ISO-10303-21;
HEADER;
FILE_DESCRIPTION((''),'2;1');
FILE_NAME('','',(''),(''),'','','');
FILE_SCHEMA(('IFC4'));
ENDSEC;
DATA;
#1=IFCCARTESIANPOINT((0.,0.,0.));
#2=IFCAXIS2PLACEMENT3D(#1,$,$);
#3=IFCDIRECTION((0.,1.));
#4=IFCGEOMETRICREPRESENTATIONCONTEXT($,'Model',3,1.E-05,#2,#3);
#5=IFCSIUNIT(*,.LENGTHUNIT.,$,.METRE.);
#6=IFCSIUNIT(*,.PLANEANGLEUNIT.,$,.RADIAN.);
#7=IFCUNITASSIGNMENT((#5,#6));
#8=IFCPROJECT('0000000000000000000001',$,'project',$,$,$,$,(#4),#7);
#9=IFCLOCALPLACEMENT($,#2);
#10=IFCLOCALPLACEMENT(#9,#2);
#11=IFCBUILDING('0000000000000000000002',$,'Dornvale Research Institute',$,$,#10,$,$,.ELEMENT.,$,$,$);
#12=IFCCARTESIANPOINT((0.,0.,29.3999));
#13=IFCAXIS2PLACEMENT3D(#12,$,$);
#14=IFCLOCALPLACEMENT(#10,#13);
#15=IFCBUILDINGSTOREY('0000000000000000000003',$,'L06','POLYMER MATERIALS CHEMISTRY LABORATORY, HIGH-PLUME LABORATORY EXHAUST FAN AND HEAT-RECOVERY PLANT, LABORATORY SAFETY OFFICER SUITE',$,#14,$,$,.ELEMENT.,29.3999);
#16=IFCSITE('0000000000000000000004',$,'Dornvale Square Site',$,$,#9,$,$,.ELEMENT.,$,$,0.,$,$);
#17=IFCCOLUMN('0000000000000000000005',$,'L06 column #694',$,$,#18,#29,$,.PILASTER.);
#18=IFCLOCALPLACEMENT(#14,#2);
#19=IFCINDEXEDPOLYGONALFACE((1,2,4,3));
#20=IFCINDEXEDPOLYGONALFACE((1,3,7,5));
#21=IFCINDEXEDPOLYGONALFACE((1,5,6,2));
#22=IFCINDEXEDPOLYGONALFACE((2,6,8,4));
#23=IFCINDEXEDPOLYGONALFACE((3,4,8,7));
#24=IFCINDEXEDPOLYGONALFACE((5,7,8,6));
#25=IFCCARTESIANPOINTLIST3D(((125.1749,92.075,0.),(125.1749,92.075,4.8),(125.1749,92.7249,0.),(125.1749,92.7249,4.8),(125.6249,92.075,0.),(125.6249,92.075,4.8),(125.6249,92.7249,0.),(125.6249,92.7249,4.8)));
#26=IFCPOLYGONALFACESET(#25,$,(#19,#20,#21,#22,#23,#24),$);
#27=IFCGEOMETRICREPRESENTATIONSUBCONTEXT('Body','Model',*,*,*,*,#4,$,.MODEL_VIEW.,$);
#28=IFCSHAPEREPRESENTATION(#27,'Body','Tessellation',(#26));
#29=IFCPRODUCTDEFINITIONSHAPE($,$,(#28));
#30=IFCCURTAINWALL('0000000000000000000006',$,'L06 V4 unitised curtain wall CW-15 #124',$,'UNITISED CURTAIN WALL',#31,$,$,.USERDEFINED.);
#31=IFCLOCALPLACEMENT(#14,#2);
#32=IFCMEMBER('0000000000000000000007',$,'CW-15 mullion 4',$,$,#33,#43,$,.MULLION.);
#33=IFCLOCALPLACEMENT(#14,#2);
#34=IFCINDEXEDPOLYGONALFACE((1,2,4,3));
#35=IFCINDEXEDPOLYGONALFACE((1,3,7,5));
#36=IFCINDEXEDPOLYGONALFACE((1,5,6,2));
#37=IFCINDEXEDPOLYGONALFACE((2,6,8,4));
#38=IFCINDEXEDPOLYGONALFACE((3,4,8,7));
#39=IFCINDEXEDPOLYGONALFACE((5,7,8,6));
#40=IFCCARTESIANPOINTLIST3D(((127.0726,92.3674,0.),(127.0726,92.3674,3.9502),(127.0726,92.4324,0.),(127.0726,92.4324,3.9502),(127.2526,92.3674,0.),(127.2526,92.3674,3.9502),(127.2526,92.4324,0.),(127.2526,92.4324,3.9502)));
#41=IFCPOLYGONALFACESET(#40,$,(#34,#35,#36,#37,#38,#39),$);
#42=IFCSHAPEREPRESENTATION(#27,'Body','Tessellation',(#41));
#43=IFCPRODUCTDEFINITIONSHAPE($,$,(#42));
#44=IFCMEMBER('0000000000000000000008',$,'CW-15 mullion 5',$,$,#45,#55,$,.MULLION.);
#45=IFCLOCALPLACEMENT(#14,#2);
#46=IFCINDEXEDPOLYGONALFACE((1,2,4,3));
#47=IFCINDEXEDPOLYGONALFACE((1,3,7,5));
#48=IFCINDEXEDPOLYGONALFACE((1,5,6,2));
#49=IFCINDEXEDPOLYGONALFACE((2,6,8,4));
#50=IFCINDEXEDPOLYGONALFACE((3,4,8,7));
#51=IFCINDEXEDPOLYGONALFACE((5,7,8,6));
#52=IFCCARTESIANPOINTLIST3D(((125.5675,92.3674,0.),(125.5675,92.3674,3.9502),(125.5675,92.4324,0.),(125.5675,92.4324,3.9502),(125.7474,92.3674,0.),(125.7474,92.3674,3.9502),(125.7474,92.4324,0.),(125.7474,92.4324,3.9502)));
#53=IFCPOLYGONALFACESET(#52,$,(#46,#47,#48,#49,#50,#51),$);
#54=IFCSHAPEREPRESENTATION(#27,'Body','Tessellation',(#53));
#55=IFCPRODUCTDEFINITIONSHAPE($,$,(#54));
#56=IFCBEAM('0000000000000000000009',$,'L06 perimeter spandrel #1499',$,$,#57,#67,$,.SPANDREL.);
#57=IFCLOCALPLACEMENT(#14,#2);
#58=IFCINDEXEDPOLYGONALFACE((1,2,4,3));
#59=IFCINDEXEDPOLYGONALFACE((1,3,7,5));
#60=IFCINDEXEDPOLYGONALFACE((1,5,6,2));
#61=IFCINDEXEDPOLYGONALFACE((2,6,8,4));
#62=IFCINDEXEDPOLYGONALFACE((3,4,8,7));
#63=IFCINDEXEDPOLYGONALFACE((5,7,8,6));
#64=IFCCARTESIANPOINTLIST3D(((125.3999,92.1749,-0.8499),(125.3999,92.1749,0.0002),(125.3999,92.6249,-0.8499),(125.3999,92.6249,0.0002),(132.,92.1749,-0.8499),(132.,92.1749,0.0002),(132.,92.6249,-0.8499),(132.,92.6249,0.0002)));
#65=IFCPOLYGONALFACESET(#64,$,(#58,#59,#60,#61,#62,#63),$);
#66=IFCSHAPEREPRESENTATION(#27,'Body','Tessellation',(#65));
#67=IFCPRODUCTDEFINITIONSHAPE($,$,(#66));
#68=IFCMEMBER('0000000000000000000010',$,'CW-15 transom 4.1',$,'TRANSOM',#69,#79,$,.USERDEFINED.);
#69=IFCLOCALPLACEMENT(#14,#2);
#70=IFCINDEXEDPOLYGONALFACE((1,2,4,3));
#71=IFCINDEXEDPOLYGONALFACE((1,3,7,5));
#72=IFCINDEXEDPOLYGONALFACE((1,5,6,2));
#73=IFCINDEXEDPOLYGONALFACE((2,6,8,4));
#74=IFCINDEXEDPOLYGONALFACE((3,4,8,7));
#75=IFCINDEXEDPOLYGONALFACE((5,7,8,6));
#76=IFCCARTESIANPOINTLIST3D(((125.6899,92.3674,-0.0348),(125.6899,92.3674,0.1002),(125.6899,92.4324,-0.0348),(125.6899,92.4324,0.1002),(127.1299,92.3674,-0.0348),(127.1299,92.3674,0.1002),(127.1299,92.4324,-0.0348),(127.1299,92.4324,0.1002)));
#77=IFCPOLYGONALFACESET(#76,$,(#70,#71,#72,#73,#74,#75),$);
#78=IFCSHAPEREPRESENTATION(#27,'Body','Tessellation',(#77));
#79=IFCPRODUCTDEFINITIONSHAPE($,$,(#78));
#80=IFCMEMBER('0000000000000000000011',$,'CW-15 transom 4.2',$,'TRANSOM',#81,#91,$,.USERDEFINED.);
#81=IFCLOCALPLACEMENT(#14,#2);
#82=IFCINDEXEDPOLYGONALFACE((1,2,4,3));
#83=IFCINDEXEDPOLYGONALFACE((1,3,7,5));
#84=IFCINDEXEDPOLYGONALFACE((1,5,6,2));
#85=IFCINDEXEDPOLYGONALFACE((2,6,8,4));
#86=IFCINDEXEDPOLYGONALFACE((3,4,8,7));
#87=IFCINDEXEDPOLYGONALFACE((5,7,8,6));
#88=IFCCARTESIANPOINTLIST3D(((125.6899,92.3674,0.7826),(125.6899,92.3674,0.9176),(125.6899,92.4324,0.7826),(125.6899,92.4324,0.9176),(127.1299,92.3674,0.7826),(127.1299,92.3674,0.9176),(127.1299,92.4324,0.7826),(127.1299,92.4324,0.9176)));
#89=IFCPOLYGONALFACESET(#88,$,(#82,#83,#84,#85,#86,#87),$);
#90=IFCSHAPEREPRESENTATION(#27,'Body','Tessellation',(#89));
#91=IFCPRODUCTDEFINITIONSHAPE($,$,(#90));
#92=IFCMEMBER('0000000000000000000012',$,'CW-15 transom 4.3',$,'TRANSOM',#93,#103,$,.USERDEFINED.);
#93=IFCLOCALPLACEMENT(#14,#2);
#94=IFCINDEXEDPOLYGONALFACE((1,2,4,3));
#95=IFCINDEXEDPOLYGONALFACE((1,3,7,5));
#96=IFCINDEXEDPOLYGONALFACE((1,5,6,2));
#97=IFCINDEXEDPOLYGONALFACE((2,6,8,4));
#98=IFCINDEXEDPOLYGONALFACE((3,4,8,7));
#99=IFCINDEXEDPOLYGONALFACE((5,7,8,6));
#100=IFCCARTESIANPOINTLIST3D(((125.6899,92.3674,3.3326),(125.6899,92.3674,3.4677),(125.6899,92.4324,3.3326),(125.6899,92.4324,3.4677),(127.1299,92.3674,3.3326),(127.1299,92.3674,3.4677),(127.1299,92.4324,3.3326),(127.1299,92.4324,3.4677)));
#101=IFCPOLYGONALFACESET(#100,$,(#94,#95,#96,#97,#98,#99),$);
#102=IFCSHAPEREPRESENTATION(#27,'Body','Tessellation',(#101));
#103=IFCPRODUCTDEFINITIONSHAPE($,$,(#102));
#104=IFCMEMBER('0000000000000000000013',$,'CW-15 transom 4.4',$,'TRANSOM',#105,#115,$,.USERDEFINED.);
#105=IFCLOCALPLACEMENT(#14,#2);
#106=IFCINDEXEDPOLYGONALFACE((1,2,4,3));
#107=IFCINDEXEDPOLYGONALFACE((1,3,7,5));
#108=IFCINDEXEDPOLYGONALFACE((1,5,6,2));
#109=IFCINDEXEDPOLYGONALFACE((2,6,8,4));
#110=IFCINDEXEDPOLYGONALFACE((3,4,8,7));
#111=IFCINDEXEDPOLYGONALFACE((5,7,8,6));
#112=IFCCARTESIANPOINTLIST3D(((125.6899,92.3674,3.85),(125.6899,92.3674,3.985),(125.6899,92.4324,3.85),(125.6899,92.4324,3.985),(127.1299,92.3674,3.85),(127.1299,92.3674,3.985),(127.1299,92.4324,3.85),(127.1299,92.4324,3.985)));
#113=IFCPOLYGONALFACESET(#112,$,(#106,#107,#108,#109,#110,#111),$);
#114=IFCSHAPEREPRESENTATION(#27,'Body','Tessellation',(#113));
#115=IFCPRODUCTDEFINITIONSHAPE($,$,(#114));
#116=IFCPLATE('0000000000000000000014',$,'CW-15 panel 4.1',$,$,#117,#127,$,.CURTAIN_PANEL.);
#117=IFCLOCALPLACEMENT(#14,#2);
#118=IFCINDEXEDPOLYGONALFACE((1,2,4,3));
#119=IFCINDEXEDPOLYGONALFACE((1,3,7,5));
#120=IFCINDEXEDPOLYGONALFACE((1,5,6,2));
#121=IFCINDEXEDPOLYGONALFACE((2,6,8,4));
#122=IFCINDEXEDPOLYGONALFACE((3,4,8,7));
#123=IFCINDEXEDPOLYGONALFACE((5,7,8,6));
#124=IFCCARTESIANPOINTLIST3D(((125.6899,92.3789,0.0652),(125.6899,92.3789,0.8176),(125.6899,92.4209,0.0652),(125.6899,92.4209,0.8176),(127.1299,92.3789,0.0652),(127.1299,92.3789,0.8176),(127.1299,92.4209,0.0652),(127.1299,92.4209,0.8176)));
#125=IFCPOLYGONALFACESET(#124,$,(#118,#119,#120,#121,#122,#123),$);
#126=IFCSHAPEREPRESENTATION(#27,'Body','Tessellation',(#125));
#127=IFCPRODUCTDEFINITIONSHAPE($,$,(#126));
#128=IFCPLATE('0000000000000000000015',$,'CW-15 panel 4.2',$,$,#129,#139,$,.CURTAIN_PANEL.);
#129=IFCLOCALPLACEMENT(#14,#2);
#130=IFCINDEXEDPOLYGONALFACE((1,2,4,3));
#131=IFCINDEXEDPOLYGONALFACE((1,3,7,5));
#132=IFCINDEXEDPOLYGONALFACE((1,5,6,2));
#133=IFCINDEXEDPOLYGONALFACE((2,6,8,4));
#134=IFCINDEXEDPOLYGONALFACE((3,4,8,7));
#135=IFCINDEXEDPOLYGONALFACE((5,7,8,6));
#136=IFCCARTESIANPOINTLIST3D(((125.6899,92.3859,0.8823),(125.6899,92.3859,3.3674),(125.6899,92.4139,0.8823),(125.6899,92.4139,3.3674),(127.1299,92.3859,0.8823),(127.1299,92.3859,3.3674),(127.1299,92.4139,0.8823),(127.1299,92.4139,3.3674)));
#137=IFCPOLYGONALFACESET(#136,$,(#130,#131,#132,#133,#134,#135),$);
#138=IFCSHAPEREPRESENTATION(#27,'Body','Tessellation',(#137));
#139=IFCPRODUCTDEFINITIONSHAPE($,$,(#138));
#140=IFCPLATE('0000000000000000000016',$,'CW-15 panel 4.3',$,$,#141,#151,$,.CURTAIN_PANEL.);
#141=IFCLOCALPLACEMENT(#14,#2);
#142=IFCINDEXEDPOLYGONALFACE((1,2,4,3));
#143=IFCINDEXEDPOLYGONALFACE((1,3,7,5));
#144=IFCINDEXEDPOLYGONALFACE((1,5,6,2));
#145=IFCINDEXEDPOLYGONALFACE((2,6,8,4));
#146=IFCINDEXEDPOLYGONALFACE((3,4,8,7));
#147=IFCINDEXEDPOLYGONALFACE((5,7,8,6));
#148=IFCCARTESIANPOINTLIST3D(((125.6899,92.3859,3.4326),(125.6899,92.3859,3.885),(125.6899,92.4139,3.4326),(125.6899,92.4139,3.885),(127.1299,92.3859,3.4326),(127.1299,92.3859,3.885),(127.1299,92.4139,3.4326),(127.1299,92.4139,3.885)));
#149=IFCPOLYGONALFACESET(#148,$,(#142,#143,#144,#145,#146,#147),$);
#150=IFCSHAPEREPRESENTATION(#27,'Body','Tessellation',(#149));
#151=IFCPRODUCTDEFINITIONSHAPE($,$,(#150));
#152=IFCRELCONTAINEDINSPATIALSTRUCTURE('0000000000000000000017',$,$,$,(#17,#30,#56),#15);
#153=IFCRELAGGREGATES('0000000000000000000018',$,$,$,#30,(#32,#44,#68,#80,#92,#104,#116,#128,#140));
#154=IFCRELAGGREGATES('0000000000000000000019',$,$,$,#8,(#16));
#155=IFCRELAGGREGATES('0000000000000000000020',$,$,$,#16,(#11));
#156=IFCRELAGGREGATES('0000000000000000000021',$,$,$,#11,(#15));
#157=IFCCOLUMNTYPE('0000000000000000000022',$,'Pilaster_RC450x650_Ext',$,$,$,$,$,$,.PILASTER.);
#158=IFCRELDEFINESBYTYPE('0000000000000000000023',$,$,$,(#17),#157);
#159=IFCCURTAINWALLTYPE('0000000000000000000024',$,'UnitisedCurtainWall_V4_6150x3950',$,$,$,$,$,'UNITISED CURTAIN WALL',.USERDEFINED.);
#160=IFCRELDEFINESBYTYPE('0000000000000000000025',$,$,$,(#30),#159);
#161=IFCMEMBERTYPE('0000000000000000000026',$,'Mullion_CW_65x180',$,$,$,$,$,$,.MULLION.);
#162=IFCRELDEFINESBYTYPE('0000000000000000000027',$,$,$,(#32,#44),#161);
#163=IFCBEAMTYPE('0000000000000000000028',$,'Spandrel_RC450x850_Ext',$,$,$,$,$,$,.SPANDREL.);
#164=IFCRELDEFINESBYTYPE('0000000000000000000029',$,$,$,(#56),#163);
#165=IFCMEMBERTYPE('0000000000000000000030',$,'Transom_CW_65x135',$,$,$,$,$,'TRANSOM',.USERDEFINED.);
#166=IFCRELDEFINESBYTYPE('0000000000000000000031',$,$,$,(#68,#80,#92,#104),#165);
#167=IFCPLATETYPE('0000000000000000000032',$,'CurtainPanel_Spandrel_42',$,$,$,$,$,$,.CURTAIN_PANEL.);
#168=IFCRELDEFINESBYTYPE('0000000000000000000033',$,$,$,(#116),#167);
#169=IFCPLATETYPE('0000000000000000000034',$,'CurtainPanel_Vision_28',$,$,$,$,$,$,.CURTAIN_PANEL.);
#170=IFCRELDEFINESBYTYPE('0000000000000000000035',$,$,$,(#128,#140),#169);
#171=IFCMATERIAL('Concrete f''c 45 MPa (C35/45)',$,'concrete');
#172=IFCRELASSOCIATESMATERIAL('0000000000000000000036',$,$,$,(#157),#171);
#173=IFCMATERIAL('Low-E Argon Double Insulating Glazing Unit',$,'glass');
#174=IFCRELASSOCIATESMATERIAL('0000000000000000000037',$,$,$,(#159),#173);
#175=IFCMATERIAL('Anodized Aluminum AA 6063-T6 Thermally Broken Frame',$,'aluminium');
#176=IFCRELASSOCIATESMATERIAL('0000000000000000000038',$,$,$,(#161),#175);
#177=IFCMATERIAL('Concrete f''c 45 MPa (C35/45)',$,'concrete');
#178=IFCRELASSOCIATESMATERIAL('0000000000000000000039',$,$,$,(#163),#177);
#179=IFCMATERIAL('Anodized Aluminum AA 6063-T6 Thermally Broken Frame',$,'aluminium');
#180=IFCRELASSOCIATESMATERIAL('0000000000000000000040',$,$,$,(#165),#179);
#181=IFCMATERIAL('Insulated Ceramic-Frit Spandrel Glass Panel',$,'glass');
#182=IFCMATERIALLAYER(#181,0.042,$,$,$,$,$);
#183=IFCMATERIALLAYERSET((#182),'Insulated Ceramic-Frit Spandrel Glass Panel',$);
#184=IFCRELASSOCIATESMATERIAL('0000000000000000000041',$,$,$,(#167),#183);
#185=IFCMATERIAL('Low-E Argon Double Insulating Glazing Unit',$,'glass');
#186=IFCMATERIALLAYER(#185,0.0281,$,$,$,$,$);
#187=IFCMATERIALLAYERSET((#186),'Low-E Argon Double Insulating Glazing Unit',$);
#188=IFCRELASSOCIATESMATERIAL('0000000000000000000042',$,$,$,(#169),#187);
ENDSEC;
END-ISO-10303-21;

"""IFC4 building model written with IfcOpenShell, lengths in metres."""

from ifc_helpers import new_model, si_unit, direction, frame, origin, origin_2d, place, context, subcontext, project, spatial, rectangle, extrude, material, layer, layer_set, material_profile, profile_set, type_object, element, aggregate, save


model = new_model("IFC4")

# Units and contexts
model_context = context("Model", 3, precision=1e-05, world=origin(), true_north=direction((0.0, 1.0)))
body_context = subcontext(model_context, "Body", "Model", "MODEL_VIEW")
ifc_project = project(units=[si_unit("LENGTHUNIT", "METRE"), si_unit("PLANEANGLEUNIT", "RADIAN")], contexts=[model_context])

# Site, building, storey
site_placement = place(None, origin())
site = spatial("IfcSite", under=ifc_project, at=site_placement, Name="Dornvale Square Site", CompositionType="ELEMENT", RefElevation=0.0)
building_placement = place(site_placement, origin())
building = spatial("IfcBuilding", under=site, at=building_placement, Name="Dornvale Research Institute", CompositionType="ELEMENT")
storey_placement = place(building_placement, frame((0.0, 0.0, 29.3999)))
storey = spatial("IfcBuildingStorey", under=building, at=storey_placement, Name="L06", Description="POLYMER MATERIALS CHEMISTRY LABORATORY, HIGH-PLUME LABORATORY EXHAUST FAN AND HEAT-RECOVERY PLANT, LABORATORY SAFETY OFFICER SUITE", CompositionType="ELEMENT", Elevation=29.3999)

# Column
ifc_material_1 = material(Name="Concrete f'c 45 MPa (C35/45)", Category="concrete")
ifc_material_profile_1 = material_profile(ifc_material_1, rectangle(XDim=0.45, YDim=0.6499, at=origin_2d()), Name="RC 450x650")
ifc_profile_set_1 = profile_set([ifc_material_profile_1], Name="Concrete f'c 45 MPa (C35/45)")
column_type = type_object("IfcColumnType", Name="Pilaster_RC450x650_Ext", PredefinedType="PILASTER", material=ifc_profile_set_1)
column_placement = place(storey_placement, frame((125.3999, 92.3999, 0.0), z_axis=(0.0, 0.0, 1.0), x_axis=(1.0, 0.0, 0.0)))
element("IfcColumn", 1, at=column_placement, inside=storey, type_object=column_type, Name="L06 column #694", PredefinedType="PILASTER", context=body_context, shape_type="SweptSolid", body=[
    extrude(rectangle(XDim=0.45, YDim=0.6499, at=origin_2d()), origin(), (0.0, 0.0, 1.0), 4.8),
])

# Curtain wall, members
ifc_material_2 = material(Name="Low-E Argon Double Insulating Glazing Unit", Category="glass")
curtain_wall_type = type_object("IfcCurtainWallType", Name="UnitisedCurtainWall_V4_6150x3950", ElementType="UNITISED CURTAIN WALL", PredefinedType="USERDEFINED", material=ifc_material_2)
curtain_wall_placement = place(storey_placement, origin())
curtain_wall = element("IfcCurtainWall", 2, at=curtain_wall_placement, inside=storey, type_object=curtain_wall_type, Name="L06 V4 unitised curtain wall CW-15 #124", ObjectType="UNITISED CURTAIN WALL", PredefinedType="USERDEFINED")
ifc_material_3 = material(Name="Anodized Aluminum AA 6063-T6 Thermally Broken Frame", Category="aluminium")
ifc_material_profile_2 = material_profile(ifc_material_3, rectangle(XDim=0.0649, YDim=0.1799, at=origin_2d()), Name="ALU MULLION 65x180")
ifc_profile_set_2 = profile_set([ifc_material_profile_2], Name="Anodized Aluminum AA 6063-T6 Thermally Broken Frame")
member_type_1 = type_object("IfcMemberType", Name="Mullion_CW_65x180", PredefinedType="MULLION", material=ifc_profile_set_2)
member_1_placement = place(storey_placement, frame((127.1626, 92.3999, 0.0), z_axis=(0.0, 0.0, 1.0), x_axis=(0.0, -1.0, 0.0)))
member_1 = element("IfcMember", 3, at=member_1_placement, type_object=member_type_1, Name="CW-15 mullion 4", PredefinedType="MULLION", context=body_context, shape_type="SweptSolid", body=[
    extrude(rectangle(XDim=0.0649, YDim=0.1799, at=origin_2d()), origin(), (0.0, 0.0, 1.0), 3.9502),
])
member_2_placement = place(storey_placement, frame((125.6575, 92.3999, 0.0), z_axis=(0.0, 0.0, 1.0), x_axis=(0.0, -1.0, 0.0)))
member_2 = element("IfcMember", 4, at=member_2_placement, type_object=member_type_1, Name="CW-15 mullion 5", PredefinedType="MULLION", context=body_context, shape_type="SweptSolid", body=[
    extrude(rectangle(XDim=0.0649, YDim=0.1799, at=origin_2d()), origin(), (0.0, 0.0, 1.0), 3.9502),
])

# Beam
ifc_material_4 = material(Name="Concrete f'c 45 MPa (C35/45)", Category="concrete")
ifc_material_profile_3 = material_profile(ifc_material_4, rectangle(XDim=0.45, YDim=0.8501, at=origin_2d()), Name="RC 450x850")
ifc_profile_set_3 = profile_set([ifc_material_profile_3], Name="Concrete f'c 45 MPa (C35/45)")
beam_type = type_object("IfcBeamType", Name="Spandrel_RC450x850_Ext", PredefinedType="SPANDREL", material=ifc_profile_set_3)
beam_placement = place(storey_placement, frame((125.3999, 92.3999, -0.4248), z_axis=(1.0, 0.0, 0.0), x_axis=(0.0, 1.0, 0.0)))
element("IfcBeam", 5, at=beam_placement, inside=storey, type_object=beam_type, Name="L06 perimeter spandrel #1499", PredefinedType="SPANDREL", context=body_context, shape_type="SweptSolid", body=[
    extrude(rectangle(XDim=0.45, YDim=0.8501, at=origin_2d()), origin(), (0.0, 0.0, 1.0), 6.6001),
])

# Members
ifc_material_5 = material(Name="Anodized Aluminum AA 6063-T6 Thermally Broken Frame", Category="aluminium")
ifc_material_profile_4 = material_profile(ifc_material_5, rectangle(XDim=0.0649, YDim=0.135, at=origin_2d()), Name="ALU TRANSOM 65x135")
ifc_profile_set_4 = profile_set([ifc_material_profile_4], Name="Anodized Aluminum AA 6063-T6 Thermally Broken Frame")
member_type_2 = type_object("IfcMemberType", Name="Transom_CW_65x135", ElementType="TRANSOM", PredefinedType="USERDEFINED", material=ifc_profile_set_4)
member_3_placement = place(storey_placement, frame((127.1299, 92.3999, 0.0327), z_axis=(-1.0, 0.0, 0.0), x_axis=(0.0, -1.0, 0.0)))
member_3 = element("IfcMember", 6, at=member_3_placement, type_object=member_type_2, Name="CW-15 transom 4.1", ObjectType="TRANSOM", PredefinedType="USERDEFINED", context=body_context, shape_type="SweptSolid", body=[
    extrude(rectangle(XDim=0.0649, YDim=0.135, at=origin_2d()), origin(), (0.0, 0.0, 1.0), 1.4399),
])
member_4_placement = place(storey_placement, frame((127.1299, 92.3999, 0.8501), z_axis=(-1.0, 0.0, 0.0), x_axis=(0.0, -1.0, 0.0)))
member_4 = element("IfcMember", 7, at=member_4_placement, type_object=member_type_2, Name="CW-15 transom 4.2", ObjectType="TRANSOM", PredefinedType="USERDEFINED", context=body_context, shape_type="SweptSolid", body=[
    extrude(rectangle(XDim=0.0649, YDim=0.135, at=origin_2d()), origin(), (0.0, 0.0, 1.0), 1.4399),
])
member_5_placement = place(storey_placement, frame((127.1299, 92.3999, 3.4001), z_axis=(-1.0, 0.0, 0.0), x_axis=(0.0, -1.0, 0.0)))
member_5 = element("IfcMember", 8, at=member_5_placement, type_object=member_type_2, Name="CW-15 transom 4.3", ObjectType="TRANSOM", PredefinedType="USERDEFINED", context=body_context, shape_type="SweptSolid", body=[
    extrude(rectangle(XDim=0.0649, YDim=0.135, at=origin_2d()), origin(), (0.0, 0.0, 1.0), 1.4399),
])
member_6_placement = place(storey_placement, frame((127.1299, 92.3999, 3.9175), z_axis=(-1.0, 0.0, 0.0), x_axis=(0.0, -1.0, 0.0)))
member_6 = element("IfcMember", 9, at=member_6_placement, type_object=member_type_2, Name="CW-15 transom 4.4", ObjectType="TRANSOM", PredefinedType="USERDEFINED", context=body_context, shape_type="SweptSolid", body=[
    extrude(rectangle(XDim=0.0649, YDim=0.135, at=origin_2d()), origin(), (0.0, 0.0, 1.0), 1.4399),
])

# Plates
ifc_material_6 = material(Name="Insulated Ceramic-Frit Spandrel Glass Panel", Category="glass")
ifc_layer_1 = layer(ifc_material_6, 0.042)
ifc_layer_set_1 = layer_set([ifc_layer_1], Name="Insulated Ceramic-Frit Spandrel Glass Panel")
plate_type_1 = type_object("IfcPlateType", Name="CurtainPanel_Spandrel_42", PredefinedType="CURTAIN_PANEL", material=ifc_layer_set_1)
plate_1_placement = place(storey_placement, frame((126.4099, 92.3999, 0.0652), z_axis=(0.0, 0.0, 1.0), x_axis=(-1.0, 0.0, 0.0)))
plate_1 = element("IfcPlate", 10, at=plate_1_placement, type_object=plate_type_1, Name="CW-15 panel 4.1", PredefinedType="CURTAIN_PANEL", context=body_context, shape_type="SweptSolid", body=[
    extrude(rectangle(XDim=1.4399, YDim=0.042, at=origin_2d()), origin(), (0.0, 0.0, 1.0), 0.7524),
])
ifc_material_7 = material(Name="Low-E Argon Double Insulating Glazing Unit", Category="glass")
ifc_layer_2 = layer(ifc_material_7, 0.0281)
ifc_layer_set_2 = layer_set([ifc_layer_2], Name="Low-E Argon Double Insulating Glazing Unit")
plate_type_2 = type_object("IfcPlateType", Name="CurtainPanel_Vision_28", PredefinedType="CURTAIN_PANEL", material=ifc_layer_set_2)
plate_2_placement = place(storey_placement, frame((126.4099, 92.3999, 0.8823), z_axis=(0.0, 0.0, 1.0), x_axis=(-1.0, 0.0, 0.0)))
plate_2 = element("IfcPlate", 11, at=plate_2_placement, type_object=plate_type_2, Name="CW-15 panel 4.2", PredefinedType="CURTAIN_PANEL", context=body_context, shape_type="SweptSolid", body=[
    extrude(rectangle(XDim=1.4399, YDim=0.0281, at=origin_2d()), origin(), (0.0, 0.0, 1.0), 2.4851),
])
plate_3_placement = place(storey_placement, frame((126.4099, 92.3999, 3.4326), z_axis=(0.0, 0.0, 1.0), x_axis=(-1.0, 0.0, 0.0)))
plate_3 = element("IfcPlate", 12, at=plate_3_placement, type_object=plate_type_2, Name="CW-15 panel 4.3", PredefinedType="CURTAIN_PANEL", context=body_context, shape_type="SweptSolid", body=[
    extrude(rectangle(XDim=1.4399, YDim=0.0281, at=origin_2d()), origin(), (0.0, 0.0, 1.0), 0.4524),
])
aggregate(curtain_wall, [member_1, member_2, member_3, member_4, member_5, member_6, plate_1, plate_2, plate_3])

save(model, "model.ifc")
